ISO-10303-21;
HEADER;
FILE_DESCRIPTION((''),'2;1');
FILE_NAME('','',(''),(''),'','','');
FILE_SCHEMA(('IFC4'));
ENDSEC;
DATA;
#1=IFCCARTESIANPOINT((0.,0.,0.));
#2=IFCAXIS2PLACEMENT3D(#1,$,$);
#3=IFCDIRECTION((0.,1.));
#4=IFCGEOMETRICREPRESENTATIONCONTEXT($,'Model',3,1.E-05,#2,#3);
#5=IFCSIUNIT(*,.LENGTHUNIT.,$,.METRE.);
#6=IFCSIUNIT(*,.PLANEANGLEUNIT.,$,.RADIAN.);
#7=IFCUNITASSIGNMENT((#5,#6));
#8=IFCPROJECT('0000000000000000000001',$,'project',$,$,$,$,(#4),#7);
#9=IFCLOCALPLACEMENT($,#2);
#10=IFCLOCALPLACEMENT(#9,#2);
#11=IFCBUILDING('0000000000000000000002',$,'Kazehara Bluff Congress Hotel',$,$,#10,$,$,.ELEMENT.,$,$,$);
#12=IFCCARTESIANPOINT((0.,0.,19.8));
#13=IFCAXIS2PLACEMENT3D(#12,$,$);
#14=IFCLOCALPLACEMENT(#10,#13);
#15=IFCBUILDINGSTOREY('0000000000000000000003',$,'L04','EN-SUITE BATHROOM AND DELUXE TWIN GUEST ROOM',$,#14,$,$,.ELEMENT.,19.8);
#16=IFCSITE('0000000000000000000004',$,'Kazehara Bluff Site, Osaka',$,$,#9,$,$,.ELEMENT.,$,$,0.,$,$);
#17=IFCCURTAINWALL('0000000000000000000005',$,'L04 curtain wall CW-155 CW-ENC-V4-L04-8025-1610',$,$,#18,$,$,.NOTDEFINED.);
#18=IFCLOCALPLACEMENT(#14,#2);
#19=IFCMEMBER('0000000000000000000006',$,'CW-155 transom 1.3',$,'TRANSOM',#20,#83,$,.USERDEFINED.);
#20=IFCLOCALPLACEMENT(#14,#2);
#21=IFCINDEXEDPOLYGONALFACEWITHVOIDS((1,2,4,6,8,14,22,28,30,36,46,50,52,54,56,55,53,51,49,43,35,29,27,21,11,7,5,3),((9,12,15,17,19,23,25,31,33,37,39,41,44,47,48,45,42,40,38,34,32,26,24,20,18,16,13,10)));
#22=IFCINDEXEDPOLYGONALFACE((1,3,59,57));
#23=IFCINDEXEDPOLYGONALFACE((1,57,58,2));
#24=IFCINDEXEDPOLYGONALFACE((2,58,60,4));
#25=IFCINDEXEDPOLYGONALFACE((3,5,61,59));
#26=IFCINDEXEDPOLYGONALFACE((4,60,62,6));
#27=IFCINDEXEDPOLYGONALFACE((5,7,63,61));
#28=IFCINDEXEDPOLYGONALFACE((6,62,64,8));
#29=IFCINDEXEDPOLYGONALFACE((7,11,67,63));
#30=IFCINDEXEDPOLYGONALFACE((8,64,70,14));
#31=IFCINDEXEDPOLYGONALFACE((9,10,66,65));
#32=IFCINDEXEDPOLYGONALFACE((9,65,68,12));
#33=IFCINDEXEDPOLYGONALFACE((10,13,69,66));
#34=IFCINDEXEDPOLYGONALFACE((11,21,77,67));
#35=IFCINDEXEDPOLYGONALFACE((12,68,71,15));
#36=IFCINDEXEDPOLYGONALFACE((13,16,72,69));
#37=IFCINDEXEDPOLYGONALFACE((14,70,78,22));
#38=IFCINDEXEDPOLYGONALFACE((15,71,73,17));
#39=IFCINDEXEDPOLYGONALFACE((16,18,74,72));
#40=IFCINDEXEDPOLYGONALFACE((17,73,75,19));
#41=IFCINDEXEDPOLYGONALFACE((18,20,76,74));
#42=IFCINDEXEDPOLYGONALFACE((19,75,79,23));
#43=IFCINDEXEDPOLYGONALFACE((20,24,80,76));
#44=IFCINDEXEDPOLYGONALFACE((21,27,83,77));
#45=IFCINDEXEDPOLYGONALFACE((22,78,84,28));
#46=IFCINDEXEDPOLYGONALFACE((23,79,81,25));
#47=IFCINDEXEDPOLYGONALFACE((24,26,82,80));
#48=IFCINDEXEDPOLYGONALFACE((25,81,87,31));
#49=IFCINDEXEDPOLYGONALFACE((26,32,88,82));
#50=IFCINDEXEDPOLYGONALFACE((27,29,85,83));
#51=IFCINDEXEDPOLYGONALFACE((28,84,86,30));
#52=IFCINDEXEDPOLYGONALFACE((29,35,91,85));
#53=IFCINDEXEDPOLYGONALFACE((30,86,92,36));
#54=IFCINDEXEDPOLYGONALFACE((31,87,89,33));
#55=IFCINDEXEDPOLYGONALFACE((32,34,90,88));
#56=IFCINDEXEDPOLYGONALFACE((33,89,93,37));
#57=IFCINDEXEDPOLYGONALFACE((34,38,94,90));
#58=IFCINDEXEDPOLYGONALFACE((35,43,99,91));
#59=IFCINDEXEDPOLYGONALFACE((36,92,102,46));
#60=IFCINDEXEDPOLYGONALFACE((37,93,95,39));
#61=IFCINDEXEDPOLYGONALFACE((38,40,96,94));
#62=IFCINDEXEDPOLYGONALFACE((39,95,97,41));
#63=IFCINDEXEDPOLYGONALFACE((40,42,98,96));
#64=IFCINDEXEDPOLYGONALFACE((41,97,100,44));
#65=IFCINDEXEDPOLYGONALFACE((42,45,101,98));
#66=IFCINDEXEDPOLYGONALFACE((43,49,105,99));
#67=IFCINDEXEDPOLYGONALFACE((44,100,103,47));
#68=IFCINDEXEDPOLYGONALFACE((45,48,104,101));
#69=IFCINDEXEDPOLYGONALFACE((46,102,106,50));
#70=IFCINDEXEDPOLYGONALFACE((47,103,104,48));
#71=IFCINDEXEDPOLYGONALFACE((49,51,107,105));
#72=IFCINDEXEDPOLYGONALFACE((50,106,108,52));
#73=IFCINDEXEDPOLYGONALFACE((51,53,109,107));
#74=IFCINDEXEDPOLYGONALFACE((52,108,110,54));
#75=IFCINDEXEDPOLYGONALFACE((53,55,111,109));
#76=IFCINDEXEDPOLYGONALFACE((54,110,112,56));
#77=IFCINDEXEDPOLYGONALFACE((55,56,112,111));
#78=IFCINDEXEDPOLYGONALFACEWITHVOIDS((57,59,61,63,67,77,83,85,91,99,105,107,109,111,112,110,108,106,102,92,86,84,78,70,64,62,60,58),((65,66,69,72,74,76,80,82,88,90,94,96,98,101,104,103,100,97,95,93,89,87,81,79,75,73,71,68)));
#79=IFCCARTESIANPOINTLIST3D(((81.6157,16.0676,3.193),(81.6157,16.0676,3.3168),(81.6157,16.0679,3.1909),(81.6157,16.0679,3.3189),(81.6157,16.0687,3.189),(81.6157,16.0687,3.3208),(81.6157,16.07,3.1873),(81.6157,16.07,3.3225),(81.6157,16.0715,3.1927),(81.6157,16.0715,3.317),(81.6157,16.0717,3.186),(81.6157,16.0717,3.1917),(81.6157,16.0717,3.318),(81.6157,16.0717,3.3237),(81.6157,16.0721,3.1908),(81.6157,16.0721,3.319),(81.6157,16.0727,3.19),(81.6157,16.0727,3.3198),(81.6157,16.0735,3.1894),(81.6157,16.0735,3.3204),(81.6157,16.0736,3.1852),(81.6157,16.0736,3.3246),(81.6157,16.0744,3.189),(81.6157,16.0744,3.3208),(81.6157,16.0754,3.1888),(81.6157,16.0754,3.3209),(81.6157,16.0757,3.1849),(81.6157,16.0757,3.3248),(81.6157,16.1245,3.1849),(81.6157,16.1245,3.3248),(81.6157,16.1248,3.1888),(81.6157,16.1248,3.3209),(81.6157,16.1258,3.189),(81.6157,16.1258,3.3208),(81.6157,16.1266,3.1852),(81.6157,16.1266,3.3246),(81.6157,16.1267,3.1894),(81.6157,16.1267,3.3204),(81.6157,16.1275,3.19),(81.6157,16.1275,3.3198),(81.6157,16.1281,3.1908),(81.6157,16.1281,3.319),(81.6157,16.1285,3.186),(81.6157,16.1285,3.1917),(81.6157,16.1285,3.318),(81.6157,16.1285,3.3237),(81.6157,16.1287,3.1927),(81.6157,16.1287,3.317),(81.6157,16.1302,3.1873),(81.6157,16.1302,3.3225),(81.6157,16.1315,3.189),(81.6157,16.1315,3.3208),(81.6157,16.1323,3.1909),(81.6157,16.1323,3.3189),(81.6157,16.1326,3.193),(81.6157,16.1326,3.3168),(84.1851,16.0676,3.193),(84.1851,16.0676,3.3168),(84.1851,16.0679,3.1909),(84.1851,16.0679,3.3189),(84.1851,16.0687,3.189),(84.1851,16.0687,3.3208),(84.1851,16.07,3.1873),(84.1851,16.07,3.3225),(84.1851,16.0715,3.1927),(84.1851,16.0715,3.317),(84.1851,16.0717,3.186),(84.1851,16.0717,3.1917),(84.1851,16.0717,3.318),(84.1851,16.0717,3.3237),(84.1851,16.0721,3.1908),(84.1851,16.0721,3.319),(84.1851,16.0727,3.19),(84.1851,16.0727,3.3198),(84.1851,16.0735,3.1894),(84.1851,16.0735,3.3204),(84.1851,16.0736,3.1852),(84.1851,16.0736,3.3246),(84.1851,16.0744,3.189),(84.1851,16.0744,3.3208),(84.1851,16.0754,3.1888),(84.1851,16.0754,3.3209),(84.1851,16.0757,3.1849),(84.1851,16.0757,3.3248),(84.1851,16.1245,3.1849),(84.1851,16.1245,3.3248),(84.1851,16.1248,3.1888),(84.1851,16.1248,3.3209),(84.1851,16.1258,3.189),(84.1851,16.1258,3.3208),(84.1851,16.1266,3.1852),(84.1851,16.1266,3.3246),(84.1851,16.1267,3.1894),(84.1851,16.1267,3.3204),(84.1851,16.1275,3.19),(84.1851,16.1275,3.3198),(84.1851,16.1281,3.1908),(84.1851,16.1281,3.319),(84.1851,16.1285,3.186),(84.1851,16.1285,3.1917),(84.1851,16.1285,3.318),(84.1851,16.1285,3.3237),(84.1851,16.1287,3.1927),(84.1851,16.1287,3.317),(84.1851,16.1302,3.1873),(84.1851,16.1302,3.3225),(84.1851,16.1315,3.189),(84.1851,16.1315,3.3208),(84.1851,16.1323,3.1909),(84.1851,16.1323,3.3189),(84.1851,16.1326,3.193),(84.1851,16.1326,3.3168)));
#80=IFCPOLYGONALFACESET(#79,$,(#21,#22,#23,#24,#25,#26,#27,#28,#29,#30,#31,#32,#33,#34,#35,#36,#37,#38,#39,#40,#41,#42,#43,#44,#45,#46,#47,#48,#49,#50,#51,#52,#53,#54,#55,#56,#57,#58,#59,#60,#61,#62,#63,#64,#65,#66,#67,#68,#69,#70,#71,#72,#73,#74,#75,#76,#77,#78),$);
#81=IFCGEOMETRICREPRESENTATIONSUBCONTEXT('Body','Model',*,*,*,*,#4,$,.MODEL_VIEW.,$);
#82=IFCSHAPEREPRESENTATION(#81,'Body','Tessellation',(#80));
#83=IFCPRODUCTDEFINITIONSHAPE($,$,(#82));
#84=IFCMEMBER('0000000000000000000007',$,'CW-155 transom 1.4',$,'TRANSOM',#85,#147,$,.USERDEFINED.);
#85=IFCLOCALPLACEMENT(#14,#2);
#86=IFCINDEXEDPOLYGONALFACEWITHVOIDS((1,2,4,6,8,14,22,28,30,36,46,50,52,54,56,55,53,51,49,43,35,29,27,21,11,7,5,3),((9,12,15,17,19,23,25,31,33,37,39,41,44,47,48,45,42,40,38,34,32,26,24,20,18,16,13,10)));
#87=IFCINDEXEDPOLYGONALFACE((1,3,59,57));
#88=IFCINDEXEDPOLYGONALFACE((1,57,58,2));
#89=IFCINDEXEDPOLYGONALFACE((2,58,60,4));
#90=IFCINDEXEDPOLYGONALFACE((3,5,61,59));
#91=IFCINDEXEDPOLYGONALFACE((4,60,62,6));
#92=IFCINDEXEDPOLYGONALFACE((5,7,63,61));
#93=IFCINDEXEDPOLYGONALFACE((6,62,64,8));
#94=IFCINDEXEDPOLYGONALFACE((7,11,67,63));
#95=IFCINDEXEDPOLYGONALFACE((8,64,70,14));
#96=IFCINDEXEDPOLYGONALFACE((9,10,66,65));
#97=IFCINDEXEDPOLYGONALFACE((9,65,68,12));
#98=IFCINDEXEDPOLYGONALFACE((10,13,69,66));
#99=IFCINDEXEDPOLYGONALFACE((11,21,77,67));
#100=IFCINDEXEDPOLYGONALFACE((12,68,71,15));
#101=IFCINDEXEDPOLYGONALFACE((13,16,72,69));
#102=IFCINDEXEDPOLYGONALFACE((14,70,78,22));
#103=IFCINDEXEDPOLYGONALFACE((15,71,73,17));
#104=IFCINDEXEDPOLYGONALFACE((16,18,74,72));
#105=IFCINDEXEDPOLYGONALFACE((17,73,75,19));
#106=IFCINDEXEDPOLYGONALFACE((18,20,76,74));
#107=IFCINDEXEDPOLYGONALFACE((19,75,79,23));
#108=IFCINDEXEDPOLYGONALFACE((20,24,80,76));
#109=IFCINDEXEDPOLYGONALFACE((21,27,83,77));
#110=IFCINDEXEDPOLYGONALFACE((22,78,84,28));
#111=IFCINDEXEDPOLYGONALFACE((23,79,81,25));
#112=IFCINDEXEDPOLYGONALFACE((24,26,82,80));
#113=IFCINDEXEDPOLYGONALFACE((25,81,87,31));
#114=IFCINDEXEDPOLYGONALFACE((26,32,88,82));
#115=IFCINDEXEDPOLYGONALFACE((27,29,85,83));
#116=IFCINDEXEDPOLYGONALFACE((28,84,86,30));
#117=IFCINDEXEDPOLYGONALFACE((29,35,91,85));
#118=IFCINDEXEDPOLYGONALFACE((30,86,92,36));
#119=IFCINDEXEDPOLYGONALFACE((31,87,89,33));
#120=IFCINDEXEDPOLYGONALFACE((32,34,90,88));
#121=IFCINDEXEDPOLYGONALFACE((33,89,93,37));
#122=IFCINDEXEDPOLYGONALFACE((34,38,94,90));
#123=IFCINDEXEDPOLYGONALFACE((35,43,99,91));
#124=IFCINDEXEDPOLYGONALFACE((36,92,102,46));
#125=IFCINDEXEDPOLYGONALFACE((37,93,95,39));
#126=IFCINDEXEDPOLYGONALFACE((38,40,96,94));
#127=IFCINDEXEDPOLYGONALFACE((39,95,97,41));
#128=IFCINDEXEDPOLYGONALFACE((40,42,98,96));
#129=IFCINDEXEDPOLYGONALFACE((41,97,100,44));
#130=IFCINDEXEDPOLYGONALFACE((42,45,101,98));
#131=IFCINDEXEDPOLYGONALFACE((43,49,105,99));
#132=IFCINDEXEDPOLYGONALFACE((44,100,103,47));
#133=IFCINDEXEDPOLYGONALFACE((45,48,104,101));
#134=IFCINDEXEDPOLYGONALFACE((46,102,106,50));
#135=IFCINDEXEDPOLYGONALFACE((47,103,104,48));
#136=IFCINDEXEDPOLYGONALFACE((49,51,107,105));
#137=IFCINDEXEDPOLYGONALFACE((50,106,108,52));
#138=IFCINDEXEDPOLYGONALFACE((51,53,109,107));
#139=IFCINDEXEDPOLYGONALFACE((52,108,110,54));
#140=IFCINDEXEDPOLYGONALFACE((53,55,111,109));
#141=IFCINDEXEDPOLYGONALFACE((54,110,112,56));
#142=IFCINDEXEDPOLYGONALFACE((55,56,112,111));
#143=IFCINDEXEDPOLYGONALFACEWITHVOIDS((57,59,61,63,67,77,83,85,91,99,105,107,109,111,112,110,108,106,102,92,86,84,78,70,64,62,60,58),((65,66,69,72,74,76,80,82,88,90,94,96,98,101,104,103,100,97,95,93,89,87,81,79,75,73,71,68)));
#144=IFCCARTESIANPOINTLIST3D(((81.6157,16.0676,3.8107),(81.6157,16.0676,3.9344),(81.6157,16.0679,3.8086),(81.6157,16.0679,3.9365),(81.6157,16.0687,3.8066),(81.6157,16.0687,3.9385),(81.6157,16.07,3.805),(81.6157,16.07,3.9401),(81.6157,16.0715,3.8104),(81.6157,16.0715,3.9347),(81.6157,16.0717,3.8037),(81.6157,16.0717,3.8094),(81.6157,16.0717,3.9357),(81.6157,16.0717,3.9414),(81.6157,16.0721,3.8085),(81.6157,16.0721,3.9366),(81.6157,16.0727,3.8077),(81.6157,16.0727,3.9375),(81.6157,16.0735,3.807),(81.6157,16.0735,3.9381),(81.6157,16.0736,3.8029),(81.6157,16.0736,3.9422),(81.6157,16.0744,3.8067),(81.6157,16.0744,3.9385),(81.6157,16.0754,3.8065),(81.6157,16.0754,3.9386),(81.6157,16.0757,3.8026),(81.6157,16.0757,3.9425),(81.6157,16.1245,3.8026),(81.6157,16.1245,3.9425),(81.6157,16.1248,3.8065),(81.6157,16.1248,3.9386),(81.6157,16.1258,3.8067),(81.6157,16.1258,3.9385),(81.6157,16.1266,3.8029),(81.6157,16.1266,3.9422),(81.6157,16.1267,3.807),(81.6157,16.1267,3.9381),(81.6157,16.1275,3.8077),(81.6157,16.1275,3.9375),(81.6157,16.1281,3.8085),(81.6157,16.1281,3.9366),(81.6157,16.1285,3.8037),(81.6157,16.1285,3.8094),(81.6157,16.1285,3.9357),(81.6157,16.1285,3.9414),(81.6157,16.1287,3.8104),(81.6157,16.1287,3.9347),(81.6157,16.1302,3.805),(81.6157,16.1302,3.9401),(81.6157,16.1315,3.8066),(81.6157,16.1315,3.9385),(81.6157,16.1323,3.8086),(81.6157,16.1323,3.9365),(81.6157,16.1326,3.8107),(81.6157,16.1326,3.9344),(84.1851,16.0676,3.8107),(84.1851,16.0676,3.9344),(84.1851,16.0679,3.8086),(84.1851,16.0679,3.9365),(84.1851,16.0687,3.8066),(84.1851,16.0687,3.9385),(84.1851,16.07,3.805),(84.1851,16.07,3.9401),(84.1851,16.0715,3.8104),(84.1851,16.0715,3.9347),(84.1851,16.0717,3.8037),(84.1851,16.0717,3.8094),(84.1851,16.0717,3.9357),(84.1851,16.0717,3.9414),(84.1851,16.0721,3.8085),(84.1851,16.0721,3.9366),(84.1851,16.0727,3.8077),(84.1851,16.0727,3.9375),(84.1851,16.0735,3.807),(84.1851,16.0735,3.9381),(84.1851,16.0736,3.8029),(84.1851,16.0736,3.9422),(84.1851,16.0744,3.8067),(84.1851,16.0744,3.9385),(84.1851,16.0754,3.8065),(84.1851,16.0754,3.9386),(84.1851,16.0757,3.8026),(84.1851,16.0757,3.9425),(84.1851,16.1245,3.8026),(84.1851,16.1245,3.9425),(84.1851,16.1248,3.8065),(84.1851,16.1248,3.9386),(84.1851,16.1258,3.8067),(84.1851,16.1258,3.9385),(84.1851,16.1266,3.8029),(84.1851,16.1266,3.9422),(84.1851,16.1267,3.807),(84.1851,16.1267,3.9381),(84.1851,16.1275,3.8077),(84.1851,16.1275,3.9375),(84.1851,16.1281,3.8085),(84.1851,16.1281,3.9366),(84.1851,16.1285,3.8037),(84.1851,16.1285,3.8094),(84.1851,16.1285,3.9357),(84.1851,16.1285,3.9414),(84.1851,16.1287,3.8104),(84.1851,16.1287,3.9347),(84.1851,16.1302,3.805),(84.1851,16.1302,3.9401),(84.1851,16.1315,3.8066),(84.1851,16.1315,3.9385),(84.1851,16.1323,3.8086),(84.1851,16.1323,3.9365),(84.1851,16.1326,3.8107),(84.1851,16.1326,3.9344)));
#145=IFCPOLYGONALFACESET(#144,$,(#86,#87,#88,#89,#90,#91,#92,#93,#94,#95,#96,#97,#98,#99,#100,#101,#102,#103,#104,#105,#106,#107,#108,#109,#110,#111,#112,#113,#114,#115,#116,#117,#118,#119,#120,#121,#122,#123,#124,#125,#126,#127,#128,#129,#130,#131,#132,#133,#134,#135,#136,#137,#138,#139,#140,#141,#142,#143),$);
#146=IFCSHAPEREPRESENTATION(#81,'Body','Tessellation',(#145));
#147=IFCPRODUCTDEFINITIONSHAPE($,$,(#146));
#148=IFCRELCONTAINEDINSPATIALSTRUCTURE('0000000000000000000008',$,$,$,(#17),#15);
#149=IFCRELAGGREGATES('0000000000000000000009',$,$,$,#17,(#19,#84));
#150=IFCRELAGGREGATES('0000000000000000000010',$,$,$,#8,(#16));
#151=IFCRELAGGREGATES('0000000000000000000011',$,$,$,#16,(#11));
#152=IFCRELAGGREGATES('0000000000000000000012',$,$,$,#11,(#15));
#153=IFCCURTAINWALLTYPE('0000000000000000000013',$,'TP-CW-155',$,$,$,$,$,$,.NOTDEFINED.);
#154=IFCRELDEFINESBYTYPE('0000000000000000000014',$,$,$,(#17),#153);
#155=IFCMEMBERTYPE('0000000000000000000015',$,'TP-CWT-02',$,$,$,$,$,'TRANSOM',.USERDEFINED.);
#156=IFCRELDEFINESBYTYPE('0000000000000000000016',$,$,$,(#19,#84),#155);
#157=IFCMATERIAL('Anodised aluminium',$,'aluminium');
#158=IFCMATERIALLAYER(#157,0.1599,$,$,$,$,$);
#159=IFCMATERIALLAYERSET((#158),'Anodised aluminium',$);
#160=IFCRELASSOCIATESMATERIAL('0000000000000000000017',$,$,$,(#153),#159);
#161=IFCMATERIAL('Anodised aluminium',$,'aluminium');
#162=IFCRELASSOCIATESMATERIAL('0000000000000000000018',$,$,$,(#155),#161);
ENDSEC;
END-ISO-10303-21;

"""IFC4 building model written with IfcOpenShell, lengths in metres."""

from ifc_helpers import new_model, si_unit, direction, frame, origin, origin_2d, place, context, subcontext, project, spatial, hollow_rectangle, extrude, material, layer, layer_set, material_profile, profile_set, type_object, element, aggregate, save


model = new_model("IFC4")

# Units and contexts
model_context = context("Model", 3, precision=1e-05, world=origin(), true_north=direction((0.0, 1.0)))
body_context = subcontext(model_context, "Body", "Model", "MODEL_VIEW")
ifc_project = project(units=[si_unit("LENGTHUNIT", "METRE"), si_unit("PLANEANGLEUNIT", "RADIAN")], contexts=[model_context])

# Site, building, storey
site_placement = place(None, origin())
site = spatial("IfcSite", under=ifc_project, at=site_placement, Name="Kazehara Bluff Site, Osaka", CompositionType="ELEMENT", RefElevation=0.0)
building_placement = place(site_placement, origin())
building = spatial("IfcBuilding", under=site, at=building_placement, Name="Kazehara Bluff Congress Hotel", CompositionType="ELEMENT")
storey_placement = place(building_placement, frame((0.0, 0.0, 19.8)))
storey = spatial("IfcBuildingStorey", under=building, at=storey_placement, Name="L04", Description="EN-SUITE BATHROOM AND DELUXE TWIN GUEST ROOM", CompositionType="ELEMENT", Elevation=19.8)

# Curtain wall
ifc_material_1 = material(Name="Anodised aluminium", Category="aluminium")
ifc_layer_1 = layer(ifc_material_1, 0.1599)
ifc_layer_set_1 = layer_set([ifc_layer_1], Name="Anodised aluminium")
curtain_wall_type_1 = type_object("IfcCurtainWallType", Name="TP-CW-155", PredefinedType="NOTDEFINED", material=ifc_layer_set_1)
curtain_wall_1_placement = place(storey_placement, origin())
curtain_wall_1 = element("IfcCurtainWall", 1, at=curtain_wall_1_placement, inside=storey, type_object=curtain_wall_type_1, Name="L04 curtain wall CW-155 CW-ENC-V4-L04-8025-1610", PredefinedType="NOTDEFINED")

# Members
ifc_material_2 = material(Name="Anodised aluminium", Category="aluminium")
ifc_material_profile_1 = material_profile(ifc_material_2, hollow_rectangle(XDim=0.0649, YDim=0.1399, WallThickness=0.0039, InnerFilletRadius=0.0039, OuterFilletRadius=0.0081, at=origin_2d()))
ifc_profile_set_1 = profile_set([ifc_material_profile_1], Name="Anodised aluminium")
member_type_1 = type_object("IfcMemberType", Name="TP-CWT-02", ElementType="TRANSOM", PredefinedType="USERDEFINED", material=ifc_profile_set_1)
member_1_placement = place(storey_placement, frame((84.1851, 16.1001, 3.2549), z_axis=(-1.0, 0.0, 0.0), x_axis=(0.0, -1.0, 0.0)))
member_1 = element("IfcMember", 2, at=member_1_placement, type_object=member_type_1, Name="CW-155 transom 1.3", ObjectType="TRANSOM", PredefinedType="USERDEFINED", context=body_context, shape_type="SweptSolid", body=[
    extrude(hollow_rectangle(XDim=0.0649, YDim=0.1399, WallThickness=0.0039, InnerFilletRadius=0.0039, OuterFilletRadius=0.0081, at=origin_2d()), origin(), (0.0, 0.0, 1.0), 2.5693),
])
member_2_placement = place(storey_placement, frame((84.1851, 16.1001, 3.8726), z_axis=(-1.0, 0.0, 0.0), x_axis=(0.0, -1.0, 0.0)))
member_2 = element("IfcMember", 3, at=member_2_placement, type_object=member_type_1, Name="CW-155 transom 1.4", ObjectType="TRANSOM", PredefinedType="USERDEFINED", context=body_context, shape_type="SweptSolid", body=[
    extrude(hollow_rectangle(XDim=0.0649, YDim=0.1399, WallThickness=0.0039, InnerFilletRadius=0.0039, OuterFilletRadius=0.0081, at=origin_2d()), origin(), (0.0, 0.0, 1.0), 2.5693),
])

aggregate(curtain_wall_1, [member_1, member_2])

save(model, "model.ifc")
